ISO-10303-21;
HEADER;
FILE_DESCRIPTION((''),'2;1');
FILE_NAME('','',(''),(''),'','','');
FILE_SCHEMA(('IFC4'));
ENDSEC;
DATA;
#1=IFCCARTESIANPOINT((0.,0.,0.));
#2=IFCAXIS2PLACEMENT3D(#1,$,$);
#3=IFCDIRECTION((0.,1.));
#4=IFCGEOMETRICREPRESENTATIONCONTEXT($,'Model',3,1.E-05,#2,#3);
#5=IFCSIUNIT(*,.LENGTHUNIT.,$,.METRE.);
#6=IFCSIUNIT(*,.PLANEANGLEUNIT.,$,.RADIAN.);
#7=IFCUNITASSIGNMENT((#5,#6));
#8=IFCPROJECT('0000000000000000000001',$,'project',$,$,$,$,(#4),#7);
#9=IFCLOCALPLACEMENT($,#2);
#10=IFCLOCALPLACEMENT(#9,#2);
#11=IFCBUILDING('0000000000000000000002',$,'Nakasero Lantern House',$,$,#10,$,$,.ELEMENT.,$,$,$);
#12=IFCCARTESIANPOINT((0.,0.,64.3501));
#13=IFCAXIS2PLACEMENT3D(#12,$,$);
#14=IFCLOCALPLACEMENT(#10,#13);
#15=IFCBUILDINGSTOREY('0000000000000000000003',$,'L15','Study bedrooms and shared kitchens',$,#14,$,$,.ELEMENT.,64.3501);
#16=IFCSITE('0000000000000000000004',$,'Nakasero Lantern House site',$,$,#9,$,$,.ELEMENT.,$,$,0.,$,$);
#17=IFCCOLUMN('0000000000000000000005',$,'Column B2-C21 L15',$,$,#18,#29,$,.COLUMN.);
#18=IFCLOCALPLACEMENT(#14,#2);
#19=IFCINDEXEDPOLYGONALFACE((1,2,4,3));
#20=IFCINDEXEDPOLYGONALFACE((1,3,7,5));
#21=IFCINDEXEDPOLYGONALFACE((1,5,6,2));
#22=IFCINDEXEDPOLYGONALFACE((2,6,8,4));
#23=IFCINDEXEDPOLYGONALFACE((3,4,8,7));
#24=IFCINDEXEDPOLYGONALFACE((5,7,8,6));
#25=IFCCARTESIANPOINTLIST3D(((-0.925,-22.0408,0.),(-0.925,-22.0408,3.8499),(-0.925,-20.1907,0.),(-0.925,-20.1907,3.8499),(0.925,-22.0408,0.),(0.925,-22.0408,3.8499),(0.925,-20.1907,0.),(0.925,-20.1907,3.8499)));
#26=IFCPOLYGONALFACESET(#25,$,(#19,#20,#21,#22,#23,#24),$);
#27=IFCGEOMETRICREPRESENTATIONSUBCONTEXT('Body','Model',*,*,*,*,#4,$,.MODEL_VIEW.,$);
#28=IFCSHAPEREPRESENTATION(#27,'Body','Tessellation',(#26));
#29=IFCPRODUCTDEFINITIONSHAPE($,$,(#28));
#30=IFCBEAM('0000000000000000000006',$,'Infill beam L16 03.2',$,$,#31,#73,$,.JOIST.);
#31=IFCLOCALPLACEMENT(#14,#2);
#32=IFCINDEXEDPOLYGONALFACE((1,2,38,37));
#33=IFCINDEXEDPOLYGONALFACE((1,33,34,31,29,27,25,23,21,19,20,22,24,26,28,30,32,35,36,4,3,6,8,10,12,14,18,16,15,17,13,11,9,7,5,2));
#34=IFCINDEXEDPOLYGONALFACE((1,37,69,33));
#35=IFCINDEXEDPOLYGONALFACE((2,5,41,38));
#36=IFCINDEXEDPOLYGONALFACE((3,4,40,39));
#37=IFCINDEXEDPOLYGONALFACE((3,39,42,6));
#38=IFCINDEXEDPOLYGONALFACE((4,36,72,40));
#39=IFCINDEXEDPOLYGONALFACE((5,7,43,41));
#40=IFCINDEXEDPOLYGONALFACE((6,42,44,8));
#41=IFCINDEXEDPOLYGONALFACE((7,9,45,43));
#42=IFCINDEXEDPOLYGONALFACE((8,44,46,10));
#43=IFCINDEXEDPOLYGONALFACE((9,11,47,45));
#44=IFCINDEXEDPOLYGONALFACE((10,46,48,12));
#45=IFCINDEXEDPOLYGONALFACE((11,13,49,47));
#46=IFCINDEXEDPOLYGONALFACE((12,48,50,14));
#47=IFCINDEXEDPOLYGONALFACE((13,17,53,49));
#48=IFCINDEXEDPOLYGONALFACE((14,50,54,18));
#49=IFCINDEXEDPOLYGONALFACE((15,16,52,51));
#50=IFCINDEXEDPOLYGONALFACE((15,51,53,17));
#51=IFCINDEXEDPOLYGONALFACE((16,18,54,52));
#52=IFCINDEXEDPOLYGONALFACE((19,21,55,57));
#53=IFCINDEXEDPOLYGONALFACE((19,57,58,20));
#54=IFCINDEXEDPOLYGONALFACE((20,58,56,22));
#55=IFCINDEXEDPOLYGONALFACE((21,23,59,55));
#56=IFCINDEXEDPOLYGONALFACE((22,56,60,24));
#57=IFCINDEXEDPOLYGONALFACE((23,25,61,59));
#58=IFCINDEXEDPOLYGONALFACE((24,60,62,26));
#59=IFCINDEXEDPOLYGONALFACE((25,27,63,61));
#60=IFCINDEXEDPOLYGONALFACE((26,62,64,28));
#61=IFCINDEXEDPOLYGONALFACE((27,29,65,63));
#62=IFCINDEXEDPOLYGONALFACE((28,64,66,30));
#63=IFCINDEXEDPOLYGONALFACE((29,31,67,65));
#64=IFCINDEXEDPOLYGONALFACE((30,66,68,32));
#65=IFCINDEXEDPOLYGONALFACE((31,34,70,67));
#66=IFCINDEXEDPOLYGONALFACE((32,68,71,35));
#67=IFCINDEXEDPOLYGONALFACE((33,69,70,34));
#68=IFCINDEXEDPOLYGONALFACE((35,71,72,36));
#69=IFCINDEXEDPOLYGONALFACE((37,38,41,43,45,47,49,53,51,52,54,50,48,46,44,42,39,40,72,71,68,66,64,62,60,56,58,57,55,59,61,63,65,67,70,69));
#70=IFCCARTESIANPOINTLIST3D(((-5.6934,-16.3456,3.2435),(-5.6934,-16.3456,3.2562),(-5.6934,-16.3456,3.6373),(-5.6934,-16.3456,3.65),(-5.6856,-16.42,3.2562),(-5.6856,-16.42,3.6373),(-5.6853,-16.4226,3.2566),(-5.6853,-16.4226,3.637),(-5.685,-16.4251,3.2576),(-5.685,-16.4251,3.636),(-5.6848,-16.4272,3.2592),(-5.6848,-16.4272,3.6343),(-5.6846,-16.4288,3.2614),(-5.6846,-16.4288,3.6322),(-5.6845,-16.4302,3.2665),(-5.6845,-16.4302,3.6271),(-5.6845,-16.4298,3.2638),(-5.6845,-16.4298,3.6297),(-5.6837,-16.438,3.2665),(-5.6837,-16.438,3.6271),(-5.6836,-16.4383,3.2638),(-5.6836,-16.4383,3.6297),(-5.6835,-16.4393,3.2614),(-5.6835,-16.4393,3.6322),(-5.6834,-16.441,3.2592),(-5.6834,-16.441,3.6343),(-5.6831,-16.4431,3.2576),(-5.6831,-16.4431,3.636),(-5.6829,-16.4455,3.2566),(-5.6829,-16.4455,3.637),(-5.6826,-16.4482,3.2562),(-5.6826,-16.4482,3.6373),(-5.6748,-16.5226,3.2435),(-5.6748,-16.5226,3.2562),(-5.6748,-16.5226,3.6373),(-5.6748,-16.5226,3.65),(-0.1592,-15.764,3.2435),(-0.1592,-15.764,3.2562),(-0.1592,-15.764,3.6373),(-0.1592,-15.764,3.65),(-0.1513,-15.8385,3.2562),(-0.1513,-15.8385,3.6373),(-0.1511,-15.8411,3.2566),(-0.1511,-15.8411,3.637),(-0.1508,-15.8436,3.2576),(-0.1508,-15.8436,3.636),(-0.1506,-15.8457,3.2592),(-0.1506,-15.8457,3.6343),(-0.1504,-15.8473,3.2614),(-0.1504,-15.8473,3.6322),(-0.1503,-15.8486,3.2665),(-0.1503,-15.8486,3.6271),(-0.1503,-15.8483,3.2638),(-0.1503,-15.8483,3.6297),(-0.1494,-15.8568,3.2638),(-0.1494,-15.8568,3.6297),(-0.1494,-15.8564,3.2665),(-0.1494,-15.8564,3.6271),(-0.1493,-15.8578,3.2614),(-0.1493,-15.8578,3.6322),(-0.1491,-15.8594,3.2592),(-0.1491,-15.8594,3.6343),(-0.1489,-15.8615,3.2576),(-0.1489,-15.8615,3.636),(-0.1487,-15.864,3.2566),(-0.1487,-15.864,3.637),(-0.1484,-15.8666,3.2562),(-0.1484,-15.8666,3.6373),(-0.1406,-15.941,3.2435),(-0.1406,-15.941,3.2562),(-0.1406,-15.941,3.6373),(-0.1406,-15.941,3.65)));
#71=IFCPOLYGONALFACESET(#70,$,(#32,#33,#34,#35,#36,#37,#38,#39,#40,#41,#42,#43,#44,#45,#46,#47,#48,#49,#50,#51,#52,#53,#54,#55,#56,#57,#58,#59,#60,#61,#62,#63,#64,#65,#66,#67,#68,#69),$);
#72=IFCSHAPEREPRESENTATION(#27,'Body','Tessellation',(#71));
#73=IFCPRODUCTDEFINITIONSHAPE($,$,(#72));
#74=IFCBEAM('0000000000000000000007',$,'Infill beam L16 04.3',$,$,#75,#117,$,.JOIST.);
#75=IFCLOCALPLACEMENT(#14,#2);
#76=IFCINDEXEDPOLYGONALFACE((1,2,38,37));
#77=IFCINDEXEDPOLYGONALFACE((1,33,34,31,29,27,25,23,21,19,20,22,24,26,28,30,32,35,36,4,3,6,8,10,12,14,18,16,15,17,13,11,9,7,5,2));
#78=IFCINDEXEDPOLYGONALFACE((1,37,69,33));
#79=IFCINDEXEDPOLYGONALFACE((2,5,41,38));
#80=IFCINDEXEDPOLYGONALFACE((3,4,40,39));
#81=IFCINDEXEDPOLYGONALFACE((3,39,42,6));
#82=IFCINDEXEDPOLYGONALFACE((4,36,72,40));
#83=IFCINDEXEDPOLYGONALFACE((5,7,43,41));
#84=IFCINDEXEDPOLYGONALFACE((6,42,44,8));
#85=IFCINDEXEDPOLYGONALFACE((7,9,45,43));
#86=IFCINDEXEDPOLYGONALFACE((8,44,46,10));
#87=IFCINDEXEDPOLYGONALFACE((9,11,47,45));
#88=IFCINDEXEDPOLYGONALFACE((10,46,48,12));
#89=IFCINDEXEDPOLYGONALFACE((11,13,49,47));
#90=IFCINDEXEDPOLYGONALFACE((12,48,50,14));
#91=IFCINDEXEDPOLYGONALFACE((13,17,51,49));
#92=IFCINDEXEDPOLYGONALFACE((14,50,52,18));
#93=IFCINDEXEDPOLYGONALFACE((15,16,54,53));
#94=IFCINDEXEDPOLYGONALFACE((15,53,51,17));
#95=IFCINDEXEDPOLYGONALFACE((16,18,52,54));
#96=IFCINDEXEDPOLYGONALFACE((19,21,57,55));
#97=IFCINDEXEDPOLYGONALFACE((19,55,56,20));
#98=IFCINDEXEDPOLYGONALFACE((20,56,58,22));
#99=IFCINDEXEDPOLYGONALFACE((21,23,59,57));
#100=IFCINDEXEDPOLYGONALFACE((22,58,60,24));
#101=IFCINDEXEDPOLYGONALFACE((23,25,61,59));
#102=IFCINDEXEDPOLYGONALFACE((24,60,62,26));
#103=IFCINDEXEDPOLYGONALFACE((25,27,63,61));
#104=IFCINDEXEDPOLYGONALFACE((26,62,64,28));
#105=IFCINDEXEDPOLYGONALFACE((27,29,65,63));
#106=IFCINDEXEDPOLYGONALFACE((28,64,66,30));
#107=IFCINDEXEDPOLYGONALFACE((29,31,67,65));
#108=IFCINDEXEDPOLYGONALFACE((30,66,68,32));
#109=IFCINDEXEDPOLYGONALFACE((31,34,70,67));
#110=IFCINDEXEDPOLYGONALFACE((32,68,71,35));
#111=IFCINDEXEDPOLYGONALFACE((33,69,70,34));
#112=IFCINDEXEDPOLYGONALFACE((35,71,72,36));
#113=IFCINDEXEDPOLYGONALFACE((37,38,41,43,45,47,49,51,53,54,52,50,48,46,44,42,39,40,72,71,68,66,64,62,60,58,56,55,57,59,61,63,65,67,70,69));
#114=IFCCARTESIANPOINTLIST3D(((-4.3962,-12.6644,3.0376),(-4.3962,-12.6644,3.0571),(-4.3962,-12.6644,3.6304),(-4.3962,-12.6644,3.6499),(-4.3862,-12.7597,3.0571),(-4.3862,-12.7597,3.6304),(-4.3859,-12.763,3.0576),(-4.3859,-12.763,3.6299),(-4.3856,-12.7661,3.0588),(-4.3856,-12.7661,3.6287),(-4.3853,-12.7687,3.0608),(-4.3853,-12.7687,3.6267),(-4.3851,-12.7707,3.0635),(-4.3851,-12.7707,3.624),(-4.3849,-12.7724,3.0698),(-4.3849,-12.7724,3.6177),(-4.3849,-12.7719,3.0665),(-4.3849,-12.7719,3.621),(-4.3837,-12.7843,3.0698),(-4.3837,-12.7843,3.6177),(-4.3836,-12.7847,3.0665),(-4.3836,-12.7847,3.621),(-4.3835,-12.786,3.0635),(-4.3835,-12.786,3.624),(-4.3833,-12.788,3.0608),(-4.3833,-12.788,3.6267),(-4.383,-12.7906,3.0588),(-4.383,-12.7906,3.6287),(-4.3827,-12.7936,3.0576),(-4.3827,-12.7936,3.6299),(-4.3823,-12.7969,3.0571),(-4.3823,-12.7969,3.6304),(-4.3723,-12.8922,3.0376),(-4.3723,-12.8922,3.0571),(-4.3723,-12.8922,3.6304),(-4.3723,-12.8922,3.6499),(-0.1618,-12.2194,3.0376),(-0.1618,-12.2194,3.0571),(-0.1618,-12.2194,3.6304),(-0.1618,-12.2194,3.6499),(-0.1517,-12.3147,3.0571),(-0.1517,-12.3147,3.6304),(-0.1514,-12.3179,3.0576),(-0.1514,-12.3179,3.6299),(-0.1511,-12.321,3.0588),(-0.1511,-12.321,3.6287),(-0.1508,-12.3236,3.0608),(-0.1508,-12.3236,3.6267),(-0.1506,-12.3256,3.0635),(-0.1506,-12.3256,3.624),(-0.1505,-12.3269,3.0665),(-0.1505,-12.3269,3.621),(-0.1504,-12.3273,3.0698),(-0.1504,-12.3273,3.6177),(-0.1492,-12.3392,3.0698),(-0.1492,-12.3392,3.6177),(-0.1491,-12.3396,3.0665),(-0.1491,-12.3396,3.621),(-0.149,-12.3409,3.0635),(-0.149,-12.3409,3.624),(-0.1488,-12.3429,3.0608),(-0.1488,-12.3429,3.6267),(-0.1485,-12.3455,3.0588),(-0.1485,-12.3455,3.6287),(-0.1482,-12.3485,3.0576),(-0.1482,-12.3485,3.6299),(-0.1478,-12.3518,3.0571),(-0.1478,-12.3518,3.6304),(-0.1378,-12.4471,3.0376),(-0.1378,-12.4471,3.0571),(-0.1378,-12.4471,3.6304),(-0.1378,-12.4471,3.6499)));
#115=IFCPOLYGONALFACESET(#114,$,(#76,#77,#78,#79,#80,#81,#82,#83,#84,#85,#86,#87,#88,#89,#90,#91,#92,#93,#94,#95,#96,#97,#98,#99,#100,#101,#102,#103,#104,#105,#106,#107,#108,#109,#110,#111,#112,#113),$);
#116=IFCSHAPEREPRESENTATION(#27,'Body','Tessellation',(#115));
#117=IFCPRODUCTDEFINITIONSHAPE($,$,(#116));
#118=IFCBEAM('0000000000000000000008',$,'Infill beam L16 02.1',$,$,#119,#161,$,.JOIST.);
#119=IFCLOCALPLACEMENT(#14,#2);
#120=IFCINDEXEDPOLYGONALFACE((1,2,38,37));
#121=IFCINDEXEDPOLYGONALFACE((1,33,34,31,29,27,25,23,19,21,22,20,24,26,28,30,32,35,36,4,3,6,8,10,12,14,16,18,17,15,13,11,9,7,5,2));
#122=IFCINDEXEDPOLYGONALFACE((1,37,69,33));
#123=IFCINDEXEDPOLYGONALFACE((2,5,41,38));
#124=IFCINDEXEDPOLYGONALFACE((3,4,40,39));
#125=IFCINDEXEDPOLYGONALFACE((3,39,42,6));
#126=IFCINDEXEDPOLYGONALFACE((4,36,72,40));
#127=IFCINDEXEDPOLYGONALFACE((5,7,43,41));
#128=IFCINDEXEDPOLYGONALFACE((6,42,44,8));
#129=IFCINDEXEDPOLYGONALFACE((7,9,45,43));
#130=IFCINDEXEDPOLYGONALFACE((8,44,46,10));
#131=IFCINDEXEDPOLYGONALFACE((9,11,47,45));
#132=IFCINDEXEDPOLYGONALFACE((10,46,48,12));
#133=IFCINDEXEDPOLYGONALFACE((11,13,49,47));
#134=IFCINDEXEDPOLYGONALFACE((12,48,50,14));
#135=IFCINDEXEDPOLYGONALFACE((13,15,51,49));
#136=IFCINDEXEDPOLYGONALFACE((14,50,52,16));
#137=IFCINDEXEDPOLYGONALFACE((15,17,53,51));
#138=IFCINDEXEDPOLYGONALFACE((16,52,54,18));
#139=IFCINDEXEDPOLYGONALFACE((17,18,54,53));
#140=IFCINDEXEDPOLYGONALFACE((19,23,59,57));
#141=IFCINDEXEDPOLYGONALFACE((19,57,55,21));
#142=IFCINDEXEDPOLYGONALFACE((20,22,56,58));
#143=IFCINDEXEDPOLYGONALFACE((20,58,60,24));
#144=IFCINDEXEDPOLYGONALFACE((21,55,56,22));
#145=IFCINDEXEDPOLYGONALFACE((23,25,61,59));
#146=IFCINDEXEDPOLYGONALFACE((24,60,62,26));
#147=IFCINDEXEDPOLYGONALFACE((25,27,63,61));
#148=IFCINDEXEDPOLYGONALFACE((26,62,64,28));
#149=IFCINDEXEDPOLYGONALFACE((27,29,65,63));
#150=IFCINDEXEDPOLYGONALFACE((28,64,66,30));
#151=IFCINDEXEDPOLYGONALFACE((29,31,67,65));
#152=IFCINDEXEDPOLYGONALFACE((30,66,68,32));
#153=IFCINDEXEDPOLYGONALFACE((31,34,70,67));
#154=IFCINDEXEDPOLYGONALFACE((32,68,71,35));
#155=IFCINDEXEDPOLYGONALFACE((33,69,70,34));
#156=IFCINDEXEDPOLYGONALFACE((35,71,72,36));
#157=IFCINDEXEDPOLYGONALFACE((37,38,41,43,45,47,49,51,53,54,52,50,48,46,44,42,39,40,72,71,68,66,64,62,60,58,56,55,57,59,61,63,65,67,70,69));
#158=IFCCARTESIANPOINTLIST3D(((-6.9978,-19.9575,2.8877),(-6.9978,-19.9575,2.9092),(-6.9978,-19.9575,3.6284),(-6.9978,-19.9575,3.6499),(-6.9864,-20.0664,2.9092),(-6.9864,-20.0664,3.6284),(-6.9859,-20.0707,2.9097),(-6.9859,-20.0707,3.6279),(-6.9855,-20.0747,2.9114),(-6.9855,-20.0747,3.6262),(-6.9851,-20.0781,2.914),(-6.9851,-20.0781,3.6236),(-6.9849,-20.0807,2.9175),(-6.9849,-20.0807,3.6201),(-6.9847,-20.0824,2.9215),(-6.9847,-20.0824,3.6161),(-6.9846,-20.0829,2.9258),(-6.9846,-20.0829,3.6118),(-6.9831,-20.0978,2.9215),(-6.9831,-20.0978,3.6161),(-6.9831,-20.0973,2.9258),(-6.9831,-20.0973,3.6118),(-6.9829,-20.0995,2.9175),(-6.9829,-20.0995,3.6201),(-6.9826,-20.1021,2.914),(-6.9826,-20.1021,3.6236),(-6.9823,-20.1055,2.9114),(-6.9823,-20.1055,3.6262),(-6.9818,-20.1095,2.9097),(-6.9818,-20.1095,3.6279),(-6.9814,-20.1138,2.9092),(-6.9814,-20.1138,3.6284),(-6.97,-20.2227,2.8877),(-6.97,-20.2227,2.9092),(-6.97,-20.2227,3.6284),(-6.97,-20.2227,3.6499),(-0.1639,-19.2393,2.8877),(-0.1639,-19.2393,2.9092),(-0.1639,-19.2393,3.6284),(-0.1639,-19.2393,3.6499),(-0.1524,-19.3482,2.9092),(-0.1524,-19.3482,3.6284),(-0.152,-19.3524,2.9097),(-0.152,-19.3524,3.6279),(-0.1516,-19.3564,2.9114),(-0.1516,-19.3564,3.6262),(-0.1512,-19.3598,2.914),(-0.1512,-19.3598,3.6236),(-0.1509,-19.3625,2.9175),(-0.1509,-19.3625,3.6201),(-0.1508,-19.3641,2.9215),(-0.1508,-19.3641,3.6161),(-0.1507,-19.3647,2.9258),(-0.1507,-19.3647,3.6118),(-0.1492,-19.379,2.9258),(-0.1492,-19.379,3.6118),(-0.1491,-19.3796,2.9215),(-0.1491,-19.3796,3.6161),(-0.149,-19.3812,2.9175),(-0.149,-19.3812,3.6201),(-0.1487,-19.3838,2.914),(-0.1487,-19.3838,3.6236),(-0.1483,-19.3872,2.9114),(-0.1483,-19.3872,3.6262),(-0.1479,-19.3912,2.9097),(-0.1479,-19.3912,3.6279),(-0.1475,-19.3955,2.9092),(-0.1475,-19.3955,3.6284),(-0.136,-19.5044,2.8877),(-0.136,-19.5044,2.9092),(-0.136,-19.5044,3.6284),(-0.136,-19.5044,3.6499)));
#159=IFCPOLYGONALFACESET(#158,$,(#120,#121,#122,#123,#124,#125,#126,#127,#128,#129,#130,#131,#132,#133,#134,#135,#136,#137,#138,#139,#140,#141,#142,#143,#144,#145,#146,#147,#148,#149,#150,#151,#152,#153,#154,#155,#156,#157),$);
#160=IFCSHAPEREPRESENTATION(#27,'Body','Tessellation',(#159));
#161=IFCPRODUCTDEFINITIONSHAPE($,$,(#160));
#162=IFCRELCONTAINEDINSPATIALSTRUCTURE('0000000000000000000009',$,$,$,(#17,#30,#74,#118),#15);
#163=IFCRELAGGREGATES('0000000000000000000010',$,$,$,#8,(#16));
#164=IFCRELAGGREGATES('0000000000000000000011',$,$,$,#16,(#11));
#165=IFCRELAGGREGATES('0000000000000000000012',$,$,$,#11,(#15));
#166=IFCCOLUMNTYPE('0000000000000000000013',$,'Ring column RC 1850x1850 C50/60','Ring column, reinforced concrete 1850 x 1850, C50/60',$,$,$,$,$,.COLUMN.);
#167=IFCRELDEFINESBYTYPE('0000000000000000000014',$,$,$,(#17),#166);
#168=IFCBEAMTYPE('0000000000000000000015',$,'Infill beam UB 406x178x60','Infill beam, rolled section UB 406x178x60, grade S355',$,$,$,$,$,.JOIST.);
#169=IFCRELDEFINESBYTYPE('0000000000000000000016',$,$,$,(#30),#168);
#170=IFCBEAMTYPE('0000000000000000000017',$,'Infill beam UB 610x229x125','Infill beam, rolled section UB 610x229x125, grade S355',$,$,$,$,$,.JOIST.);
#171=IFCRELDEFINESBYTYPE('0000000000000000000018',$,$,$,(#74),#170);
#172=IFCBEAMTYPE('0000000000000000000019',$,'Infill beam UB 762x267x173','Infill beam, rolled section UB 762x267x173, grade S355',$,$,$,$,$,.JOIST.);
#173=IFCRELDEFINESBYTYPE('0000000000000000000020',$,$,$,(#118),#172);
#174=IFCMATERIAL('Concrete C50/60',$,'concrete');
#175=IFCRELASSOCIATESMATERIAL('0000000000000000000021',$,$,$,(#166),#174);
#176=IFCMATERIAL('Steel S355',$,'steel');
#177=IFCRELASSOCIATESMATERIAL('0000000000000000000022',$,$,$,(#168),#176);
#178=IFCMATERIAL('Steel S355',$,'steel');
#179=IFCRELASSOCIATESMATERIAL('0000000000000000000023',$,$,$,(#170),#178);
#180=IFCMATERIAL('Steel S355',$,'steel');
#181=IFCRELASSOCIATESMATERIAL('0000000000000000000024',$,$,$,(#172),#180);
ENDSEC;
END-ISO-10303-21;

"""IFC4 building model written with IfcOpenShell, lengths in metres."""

from ifc_helpers import new_model, si_unit, direction, frame, origin, origin_2d, place, context, subcontext, project, spatial, rectangle, i_section, extrude, material, material_profile, profile_set, type_object, element, save


model = new_model("IFC4")

# Units and contexts
model_context = context("Model", 3, precision=1e-05, world=origin(), true_north=direction((0.0, 1.0)))
body_context = subcontext(model_context, "Body", "Model", "MODEL_VIEW")
ifc_project = project(units=[si_unit("LENGTHUNIT", "METRE"), si_unit("PLANEANGLEUNIT", "RADIAN")], contexts=[model_context])

# Site, building, storey
site_placement = place(None, origin())
site = spatial("IfcSite", under=ifc_project, at=site_placement, Name="Nakasero Lantern House site", CompositionType="ELEMENT", RefElevation=0.0)
building_placement = place(site_placement, origin())
building = spatial("IfcBuilding", under=site, at=building_placement, Name="Nakasero Lantern House", CompositionType="ELEMENT")
storey_placement = place(building_placement, frame((0.0, 0.0, 64.3501)))
storey = spatial("IfcBuildingStorey", under=building, at=storey_placement, Name="L15", Description="Study bedrooms and shared kitchens", CompositionType="ELEMENT", Elevation=64.3501)

# Column
ifc_material_1 = material(Name="Concrete C50/60", Category="concrete")
ifc_material_profile_1 = material_profile(ifc_material_1, rectangle(XDim=1.8501, YDim=1.8501, at=origin_2d()), Name="RC 1850x1850")
ifc_profile_set_1 = profile_set([ifc_material_profile_1], Name="Concrete C50/60")
column_type = type_object("IfcColumnType", Name="Ring column RC 1850x1850 C50/60", Description="Ring column, reinforced concrete 1850 x 1850, C50/60", PredefinedType="COLUMN", material=ifc_profile_set_1)
column_placement = place(storey_placement, frame((0.0, -21.1157, 0.0), z_axis=(0.0, 0.0, 1.0), x_axis=(1.0, 0.0, 0.0)))
element("IfcColumn", 1, at=column_placement, inside=storey, type_object=column_type, Name="Column B2-C21 L15", PredefinedType="COLUMN", context=body_context, shape_type="SweptSolid", body=[
    extrude(rectangle(XDim=1.8501, YDim=1.8501, at=origin_2d()), origin(), (0.0, 0.0, 1.0), 3.8499),
])

# Beams
ifc_material_2 = material(Name="Steel S355", Category="steel")
ifc_material_profile_2 = material_profile(ifc_material_2, i_section(OverallWidth=0.178, OverallDepth=0.4065, WebThickness=0.0078, FlangeThickness=0.0127, FilletRadius=0.0103, at=origin_2d()), Name="UB 406x178x60")
ifc_profile_set_2 = profile_set([ifc_material_profile_2], Name="Steel S355")
beam_type_1 = type_object("IfcBeamType", Name="Infill beam UB 406x178x60", Description="Infill beam, rolled section UB 406x178x60, grade S355", PredefinedType="JOIST", material=ifc_profile_set_2)
beam_1_placement = place(storey_placement, frame((-5.6841, -16.4341, 3.4468), z_axis=(0.994524, 0.104507, 0.0), x_axis=(-0.104507, 0.994524, 0.0)))
element("IfcBeam", 2, at=beam_1_placement, inside=storey, type_object=beam_type_1, Name="Infill beam L16 03.2", PredefinedType="JOIST", context=body_context, shape_type="SweptSolid", body=[
    extrude(i_section(OverallWidth=0.178, OverallDepth=0.4065, WebThickness=0.0078, FlangeThickness=0.0127, FilletRadius=0.0103, at=origin_2d()), origin(), (0.0, 0.0, 1.0), 5.5647),
])
ifc_material_3 = material(Name="Steel S355", Category="steel")
ifc_material_profile_3 = material_profile(ifc_material_3, i_section(OverallWidth=0.229, OverallDepth=0.6123, WebThickness=0.012, FlangeThickness=0.0195, FilletRadius=0.0127, at=origin_2d()), Name="UB 610x229x125")
ifc_profile_set_3 = profile_set([ifc_material_profile_3], Name="Steel S355")
beam_type_2 = type_object("IfcBeamType", Name="Infill beam UB 610x229x125", Description="Infill beam, rolled section UB 610x229x125, grade S355", PredefinedType="JOIST", material=ifc_profile_set_3)
beam_2_placement = place(storey_placement, frame((-4.3843, -12.7783, 3.3438), z_axis=(0.994521, 0.104533, 0.0), x_axis=(-0.104533, 0.994521, 0.0)))
element("IfcBeam", 3, at=beam_2_placement, inside=storey, type_object=beam_type_2, Name="Infill beam L16 04.3", PredefinedType="JOIST", context=body_context, shape_type="SweptSolid", body=[
    extrude(i_section(OverallWidth=0.229, OverallDepth=0.6123, WebThickness=0.012, FlangeThickness=0.0195, FilletRadius=0.0127, at=origin_2d()), origin(), (0.0, 0.0, 1.0), 4.2578),
])
ifc_material_4 = material(Name="Steel S355", Category="steel")
ifc_material_profile_4 = material_profile(ifc_material_4, i_section(OverallWidth=0.2666, OverallDepth=0.7622, WebThickness=0.0144, FlangeThickness=0.0215, FilletRadius=0.0166, at=origin_2d()), Name="UB 762x267x173")
ifc_profile_set_4 = profile_set([ifc_material_profile_4], Name="Steel S355")
beam_type_3 = type_object("IfcBeamType", Name="Infill beam UB 762x267x173", Description="Infill beam, rolled section UB 762x267x173, grade S355", PredefinedType="JOIST", material=ifc_profile_set_4)
beam_3_placement = place(storey_placement, frame((-6.9839, -20.0901, 3.2688), z_axis=(0.994522, 0.104526, 0.0), x_axis=(-0.104526, 0.994522, 0.0)))
element("IfcBeam", 4, at=beam_3_placement, inside=storey, type_object=beam_type_3, Name="Infill beam L16 02.1", PredefinedType="JOIST", context=body_context, shape_type="SweptSolid", body=[
    extrude(i_section(OverallWidth=0.2666, OverallDepth=0.7622, WebThickness=0.0144, FlangeThickness=0.0215, FilletRadius=0.0166, at=origin_2d()), origin(), (0.0, 0.0, 1.0), 6.8716),
])

save(model, "model.ifc")
